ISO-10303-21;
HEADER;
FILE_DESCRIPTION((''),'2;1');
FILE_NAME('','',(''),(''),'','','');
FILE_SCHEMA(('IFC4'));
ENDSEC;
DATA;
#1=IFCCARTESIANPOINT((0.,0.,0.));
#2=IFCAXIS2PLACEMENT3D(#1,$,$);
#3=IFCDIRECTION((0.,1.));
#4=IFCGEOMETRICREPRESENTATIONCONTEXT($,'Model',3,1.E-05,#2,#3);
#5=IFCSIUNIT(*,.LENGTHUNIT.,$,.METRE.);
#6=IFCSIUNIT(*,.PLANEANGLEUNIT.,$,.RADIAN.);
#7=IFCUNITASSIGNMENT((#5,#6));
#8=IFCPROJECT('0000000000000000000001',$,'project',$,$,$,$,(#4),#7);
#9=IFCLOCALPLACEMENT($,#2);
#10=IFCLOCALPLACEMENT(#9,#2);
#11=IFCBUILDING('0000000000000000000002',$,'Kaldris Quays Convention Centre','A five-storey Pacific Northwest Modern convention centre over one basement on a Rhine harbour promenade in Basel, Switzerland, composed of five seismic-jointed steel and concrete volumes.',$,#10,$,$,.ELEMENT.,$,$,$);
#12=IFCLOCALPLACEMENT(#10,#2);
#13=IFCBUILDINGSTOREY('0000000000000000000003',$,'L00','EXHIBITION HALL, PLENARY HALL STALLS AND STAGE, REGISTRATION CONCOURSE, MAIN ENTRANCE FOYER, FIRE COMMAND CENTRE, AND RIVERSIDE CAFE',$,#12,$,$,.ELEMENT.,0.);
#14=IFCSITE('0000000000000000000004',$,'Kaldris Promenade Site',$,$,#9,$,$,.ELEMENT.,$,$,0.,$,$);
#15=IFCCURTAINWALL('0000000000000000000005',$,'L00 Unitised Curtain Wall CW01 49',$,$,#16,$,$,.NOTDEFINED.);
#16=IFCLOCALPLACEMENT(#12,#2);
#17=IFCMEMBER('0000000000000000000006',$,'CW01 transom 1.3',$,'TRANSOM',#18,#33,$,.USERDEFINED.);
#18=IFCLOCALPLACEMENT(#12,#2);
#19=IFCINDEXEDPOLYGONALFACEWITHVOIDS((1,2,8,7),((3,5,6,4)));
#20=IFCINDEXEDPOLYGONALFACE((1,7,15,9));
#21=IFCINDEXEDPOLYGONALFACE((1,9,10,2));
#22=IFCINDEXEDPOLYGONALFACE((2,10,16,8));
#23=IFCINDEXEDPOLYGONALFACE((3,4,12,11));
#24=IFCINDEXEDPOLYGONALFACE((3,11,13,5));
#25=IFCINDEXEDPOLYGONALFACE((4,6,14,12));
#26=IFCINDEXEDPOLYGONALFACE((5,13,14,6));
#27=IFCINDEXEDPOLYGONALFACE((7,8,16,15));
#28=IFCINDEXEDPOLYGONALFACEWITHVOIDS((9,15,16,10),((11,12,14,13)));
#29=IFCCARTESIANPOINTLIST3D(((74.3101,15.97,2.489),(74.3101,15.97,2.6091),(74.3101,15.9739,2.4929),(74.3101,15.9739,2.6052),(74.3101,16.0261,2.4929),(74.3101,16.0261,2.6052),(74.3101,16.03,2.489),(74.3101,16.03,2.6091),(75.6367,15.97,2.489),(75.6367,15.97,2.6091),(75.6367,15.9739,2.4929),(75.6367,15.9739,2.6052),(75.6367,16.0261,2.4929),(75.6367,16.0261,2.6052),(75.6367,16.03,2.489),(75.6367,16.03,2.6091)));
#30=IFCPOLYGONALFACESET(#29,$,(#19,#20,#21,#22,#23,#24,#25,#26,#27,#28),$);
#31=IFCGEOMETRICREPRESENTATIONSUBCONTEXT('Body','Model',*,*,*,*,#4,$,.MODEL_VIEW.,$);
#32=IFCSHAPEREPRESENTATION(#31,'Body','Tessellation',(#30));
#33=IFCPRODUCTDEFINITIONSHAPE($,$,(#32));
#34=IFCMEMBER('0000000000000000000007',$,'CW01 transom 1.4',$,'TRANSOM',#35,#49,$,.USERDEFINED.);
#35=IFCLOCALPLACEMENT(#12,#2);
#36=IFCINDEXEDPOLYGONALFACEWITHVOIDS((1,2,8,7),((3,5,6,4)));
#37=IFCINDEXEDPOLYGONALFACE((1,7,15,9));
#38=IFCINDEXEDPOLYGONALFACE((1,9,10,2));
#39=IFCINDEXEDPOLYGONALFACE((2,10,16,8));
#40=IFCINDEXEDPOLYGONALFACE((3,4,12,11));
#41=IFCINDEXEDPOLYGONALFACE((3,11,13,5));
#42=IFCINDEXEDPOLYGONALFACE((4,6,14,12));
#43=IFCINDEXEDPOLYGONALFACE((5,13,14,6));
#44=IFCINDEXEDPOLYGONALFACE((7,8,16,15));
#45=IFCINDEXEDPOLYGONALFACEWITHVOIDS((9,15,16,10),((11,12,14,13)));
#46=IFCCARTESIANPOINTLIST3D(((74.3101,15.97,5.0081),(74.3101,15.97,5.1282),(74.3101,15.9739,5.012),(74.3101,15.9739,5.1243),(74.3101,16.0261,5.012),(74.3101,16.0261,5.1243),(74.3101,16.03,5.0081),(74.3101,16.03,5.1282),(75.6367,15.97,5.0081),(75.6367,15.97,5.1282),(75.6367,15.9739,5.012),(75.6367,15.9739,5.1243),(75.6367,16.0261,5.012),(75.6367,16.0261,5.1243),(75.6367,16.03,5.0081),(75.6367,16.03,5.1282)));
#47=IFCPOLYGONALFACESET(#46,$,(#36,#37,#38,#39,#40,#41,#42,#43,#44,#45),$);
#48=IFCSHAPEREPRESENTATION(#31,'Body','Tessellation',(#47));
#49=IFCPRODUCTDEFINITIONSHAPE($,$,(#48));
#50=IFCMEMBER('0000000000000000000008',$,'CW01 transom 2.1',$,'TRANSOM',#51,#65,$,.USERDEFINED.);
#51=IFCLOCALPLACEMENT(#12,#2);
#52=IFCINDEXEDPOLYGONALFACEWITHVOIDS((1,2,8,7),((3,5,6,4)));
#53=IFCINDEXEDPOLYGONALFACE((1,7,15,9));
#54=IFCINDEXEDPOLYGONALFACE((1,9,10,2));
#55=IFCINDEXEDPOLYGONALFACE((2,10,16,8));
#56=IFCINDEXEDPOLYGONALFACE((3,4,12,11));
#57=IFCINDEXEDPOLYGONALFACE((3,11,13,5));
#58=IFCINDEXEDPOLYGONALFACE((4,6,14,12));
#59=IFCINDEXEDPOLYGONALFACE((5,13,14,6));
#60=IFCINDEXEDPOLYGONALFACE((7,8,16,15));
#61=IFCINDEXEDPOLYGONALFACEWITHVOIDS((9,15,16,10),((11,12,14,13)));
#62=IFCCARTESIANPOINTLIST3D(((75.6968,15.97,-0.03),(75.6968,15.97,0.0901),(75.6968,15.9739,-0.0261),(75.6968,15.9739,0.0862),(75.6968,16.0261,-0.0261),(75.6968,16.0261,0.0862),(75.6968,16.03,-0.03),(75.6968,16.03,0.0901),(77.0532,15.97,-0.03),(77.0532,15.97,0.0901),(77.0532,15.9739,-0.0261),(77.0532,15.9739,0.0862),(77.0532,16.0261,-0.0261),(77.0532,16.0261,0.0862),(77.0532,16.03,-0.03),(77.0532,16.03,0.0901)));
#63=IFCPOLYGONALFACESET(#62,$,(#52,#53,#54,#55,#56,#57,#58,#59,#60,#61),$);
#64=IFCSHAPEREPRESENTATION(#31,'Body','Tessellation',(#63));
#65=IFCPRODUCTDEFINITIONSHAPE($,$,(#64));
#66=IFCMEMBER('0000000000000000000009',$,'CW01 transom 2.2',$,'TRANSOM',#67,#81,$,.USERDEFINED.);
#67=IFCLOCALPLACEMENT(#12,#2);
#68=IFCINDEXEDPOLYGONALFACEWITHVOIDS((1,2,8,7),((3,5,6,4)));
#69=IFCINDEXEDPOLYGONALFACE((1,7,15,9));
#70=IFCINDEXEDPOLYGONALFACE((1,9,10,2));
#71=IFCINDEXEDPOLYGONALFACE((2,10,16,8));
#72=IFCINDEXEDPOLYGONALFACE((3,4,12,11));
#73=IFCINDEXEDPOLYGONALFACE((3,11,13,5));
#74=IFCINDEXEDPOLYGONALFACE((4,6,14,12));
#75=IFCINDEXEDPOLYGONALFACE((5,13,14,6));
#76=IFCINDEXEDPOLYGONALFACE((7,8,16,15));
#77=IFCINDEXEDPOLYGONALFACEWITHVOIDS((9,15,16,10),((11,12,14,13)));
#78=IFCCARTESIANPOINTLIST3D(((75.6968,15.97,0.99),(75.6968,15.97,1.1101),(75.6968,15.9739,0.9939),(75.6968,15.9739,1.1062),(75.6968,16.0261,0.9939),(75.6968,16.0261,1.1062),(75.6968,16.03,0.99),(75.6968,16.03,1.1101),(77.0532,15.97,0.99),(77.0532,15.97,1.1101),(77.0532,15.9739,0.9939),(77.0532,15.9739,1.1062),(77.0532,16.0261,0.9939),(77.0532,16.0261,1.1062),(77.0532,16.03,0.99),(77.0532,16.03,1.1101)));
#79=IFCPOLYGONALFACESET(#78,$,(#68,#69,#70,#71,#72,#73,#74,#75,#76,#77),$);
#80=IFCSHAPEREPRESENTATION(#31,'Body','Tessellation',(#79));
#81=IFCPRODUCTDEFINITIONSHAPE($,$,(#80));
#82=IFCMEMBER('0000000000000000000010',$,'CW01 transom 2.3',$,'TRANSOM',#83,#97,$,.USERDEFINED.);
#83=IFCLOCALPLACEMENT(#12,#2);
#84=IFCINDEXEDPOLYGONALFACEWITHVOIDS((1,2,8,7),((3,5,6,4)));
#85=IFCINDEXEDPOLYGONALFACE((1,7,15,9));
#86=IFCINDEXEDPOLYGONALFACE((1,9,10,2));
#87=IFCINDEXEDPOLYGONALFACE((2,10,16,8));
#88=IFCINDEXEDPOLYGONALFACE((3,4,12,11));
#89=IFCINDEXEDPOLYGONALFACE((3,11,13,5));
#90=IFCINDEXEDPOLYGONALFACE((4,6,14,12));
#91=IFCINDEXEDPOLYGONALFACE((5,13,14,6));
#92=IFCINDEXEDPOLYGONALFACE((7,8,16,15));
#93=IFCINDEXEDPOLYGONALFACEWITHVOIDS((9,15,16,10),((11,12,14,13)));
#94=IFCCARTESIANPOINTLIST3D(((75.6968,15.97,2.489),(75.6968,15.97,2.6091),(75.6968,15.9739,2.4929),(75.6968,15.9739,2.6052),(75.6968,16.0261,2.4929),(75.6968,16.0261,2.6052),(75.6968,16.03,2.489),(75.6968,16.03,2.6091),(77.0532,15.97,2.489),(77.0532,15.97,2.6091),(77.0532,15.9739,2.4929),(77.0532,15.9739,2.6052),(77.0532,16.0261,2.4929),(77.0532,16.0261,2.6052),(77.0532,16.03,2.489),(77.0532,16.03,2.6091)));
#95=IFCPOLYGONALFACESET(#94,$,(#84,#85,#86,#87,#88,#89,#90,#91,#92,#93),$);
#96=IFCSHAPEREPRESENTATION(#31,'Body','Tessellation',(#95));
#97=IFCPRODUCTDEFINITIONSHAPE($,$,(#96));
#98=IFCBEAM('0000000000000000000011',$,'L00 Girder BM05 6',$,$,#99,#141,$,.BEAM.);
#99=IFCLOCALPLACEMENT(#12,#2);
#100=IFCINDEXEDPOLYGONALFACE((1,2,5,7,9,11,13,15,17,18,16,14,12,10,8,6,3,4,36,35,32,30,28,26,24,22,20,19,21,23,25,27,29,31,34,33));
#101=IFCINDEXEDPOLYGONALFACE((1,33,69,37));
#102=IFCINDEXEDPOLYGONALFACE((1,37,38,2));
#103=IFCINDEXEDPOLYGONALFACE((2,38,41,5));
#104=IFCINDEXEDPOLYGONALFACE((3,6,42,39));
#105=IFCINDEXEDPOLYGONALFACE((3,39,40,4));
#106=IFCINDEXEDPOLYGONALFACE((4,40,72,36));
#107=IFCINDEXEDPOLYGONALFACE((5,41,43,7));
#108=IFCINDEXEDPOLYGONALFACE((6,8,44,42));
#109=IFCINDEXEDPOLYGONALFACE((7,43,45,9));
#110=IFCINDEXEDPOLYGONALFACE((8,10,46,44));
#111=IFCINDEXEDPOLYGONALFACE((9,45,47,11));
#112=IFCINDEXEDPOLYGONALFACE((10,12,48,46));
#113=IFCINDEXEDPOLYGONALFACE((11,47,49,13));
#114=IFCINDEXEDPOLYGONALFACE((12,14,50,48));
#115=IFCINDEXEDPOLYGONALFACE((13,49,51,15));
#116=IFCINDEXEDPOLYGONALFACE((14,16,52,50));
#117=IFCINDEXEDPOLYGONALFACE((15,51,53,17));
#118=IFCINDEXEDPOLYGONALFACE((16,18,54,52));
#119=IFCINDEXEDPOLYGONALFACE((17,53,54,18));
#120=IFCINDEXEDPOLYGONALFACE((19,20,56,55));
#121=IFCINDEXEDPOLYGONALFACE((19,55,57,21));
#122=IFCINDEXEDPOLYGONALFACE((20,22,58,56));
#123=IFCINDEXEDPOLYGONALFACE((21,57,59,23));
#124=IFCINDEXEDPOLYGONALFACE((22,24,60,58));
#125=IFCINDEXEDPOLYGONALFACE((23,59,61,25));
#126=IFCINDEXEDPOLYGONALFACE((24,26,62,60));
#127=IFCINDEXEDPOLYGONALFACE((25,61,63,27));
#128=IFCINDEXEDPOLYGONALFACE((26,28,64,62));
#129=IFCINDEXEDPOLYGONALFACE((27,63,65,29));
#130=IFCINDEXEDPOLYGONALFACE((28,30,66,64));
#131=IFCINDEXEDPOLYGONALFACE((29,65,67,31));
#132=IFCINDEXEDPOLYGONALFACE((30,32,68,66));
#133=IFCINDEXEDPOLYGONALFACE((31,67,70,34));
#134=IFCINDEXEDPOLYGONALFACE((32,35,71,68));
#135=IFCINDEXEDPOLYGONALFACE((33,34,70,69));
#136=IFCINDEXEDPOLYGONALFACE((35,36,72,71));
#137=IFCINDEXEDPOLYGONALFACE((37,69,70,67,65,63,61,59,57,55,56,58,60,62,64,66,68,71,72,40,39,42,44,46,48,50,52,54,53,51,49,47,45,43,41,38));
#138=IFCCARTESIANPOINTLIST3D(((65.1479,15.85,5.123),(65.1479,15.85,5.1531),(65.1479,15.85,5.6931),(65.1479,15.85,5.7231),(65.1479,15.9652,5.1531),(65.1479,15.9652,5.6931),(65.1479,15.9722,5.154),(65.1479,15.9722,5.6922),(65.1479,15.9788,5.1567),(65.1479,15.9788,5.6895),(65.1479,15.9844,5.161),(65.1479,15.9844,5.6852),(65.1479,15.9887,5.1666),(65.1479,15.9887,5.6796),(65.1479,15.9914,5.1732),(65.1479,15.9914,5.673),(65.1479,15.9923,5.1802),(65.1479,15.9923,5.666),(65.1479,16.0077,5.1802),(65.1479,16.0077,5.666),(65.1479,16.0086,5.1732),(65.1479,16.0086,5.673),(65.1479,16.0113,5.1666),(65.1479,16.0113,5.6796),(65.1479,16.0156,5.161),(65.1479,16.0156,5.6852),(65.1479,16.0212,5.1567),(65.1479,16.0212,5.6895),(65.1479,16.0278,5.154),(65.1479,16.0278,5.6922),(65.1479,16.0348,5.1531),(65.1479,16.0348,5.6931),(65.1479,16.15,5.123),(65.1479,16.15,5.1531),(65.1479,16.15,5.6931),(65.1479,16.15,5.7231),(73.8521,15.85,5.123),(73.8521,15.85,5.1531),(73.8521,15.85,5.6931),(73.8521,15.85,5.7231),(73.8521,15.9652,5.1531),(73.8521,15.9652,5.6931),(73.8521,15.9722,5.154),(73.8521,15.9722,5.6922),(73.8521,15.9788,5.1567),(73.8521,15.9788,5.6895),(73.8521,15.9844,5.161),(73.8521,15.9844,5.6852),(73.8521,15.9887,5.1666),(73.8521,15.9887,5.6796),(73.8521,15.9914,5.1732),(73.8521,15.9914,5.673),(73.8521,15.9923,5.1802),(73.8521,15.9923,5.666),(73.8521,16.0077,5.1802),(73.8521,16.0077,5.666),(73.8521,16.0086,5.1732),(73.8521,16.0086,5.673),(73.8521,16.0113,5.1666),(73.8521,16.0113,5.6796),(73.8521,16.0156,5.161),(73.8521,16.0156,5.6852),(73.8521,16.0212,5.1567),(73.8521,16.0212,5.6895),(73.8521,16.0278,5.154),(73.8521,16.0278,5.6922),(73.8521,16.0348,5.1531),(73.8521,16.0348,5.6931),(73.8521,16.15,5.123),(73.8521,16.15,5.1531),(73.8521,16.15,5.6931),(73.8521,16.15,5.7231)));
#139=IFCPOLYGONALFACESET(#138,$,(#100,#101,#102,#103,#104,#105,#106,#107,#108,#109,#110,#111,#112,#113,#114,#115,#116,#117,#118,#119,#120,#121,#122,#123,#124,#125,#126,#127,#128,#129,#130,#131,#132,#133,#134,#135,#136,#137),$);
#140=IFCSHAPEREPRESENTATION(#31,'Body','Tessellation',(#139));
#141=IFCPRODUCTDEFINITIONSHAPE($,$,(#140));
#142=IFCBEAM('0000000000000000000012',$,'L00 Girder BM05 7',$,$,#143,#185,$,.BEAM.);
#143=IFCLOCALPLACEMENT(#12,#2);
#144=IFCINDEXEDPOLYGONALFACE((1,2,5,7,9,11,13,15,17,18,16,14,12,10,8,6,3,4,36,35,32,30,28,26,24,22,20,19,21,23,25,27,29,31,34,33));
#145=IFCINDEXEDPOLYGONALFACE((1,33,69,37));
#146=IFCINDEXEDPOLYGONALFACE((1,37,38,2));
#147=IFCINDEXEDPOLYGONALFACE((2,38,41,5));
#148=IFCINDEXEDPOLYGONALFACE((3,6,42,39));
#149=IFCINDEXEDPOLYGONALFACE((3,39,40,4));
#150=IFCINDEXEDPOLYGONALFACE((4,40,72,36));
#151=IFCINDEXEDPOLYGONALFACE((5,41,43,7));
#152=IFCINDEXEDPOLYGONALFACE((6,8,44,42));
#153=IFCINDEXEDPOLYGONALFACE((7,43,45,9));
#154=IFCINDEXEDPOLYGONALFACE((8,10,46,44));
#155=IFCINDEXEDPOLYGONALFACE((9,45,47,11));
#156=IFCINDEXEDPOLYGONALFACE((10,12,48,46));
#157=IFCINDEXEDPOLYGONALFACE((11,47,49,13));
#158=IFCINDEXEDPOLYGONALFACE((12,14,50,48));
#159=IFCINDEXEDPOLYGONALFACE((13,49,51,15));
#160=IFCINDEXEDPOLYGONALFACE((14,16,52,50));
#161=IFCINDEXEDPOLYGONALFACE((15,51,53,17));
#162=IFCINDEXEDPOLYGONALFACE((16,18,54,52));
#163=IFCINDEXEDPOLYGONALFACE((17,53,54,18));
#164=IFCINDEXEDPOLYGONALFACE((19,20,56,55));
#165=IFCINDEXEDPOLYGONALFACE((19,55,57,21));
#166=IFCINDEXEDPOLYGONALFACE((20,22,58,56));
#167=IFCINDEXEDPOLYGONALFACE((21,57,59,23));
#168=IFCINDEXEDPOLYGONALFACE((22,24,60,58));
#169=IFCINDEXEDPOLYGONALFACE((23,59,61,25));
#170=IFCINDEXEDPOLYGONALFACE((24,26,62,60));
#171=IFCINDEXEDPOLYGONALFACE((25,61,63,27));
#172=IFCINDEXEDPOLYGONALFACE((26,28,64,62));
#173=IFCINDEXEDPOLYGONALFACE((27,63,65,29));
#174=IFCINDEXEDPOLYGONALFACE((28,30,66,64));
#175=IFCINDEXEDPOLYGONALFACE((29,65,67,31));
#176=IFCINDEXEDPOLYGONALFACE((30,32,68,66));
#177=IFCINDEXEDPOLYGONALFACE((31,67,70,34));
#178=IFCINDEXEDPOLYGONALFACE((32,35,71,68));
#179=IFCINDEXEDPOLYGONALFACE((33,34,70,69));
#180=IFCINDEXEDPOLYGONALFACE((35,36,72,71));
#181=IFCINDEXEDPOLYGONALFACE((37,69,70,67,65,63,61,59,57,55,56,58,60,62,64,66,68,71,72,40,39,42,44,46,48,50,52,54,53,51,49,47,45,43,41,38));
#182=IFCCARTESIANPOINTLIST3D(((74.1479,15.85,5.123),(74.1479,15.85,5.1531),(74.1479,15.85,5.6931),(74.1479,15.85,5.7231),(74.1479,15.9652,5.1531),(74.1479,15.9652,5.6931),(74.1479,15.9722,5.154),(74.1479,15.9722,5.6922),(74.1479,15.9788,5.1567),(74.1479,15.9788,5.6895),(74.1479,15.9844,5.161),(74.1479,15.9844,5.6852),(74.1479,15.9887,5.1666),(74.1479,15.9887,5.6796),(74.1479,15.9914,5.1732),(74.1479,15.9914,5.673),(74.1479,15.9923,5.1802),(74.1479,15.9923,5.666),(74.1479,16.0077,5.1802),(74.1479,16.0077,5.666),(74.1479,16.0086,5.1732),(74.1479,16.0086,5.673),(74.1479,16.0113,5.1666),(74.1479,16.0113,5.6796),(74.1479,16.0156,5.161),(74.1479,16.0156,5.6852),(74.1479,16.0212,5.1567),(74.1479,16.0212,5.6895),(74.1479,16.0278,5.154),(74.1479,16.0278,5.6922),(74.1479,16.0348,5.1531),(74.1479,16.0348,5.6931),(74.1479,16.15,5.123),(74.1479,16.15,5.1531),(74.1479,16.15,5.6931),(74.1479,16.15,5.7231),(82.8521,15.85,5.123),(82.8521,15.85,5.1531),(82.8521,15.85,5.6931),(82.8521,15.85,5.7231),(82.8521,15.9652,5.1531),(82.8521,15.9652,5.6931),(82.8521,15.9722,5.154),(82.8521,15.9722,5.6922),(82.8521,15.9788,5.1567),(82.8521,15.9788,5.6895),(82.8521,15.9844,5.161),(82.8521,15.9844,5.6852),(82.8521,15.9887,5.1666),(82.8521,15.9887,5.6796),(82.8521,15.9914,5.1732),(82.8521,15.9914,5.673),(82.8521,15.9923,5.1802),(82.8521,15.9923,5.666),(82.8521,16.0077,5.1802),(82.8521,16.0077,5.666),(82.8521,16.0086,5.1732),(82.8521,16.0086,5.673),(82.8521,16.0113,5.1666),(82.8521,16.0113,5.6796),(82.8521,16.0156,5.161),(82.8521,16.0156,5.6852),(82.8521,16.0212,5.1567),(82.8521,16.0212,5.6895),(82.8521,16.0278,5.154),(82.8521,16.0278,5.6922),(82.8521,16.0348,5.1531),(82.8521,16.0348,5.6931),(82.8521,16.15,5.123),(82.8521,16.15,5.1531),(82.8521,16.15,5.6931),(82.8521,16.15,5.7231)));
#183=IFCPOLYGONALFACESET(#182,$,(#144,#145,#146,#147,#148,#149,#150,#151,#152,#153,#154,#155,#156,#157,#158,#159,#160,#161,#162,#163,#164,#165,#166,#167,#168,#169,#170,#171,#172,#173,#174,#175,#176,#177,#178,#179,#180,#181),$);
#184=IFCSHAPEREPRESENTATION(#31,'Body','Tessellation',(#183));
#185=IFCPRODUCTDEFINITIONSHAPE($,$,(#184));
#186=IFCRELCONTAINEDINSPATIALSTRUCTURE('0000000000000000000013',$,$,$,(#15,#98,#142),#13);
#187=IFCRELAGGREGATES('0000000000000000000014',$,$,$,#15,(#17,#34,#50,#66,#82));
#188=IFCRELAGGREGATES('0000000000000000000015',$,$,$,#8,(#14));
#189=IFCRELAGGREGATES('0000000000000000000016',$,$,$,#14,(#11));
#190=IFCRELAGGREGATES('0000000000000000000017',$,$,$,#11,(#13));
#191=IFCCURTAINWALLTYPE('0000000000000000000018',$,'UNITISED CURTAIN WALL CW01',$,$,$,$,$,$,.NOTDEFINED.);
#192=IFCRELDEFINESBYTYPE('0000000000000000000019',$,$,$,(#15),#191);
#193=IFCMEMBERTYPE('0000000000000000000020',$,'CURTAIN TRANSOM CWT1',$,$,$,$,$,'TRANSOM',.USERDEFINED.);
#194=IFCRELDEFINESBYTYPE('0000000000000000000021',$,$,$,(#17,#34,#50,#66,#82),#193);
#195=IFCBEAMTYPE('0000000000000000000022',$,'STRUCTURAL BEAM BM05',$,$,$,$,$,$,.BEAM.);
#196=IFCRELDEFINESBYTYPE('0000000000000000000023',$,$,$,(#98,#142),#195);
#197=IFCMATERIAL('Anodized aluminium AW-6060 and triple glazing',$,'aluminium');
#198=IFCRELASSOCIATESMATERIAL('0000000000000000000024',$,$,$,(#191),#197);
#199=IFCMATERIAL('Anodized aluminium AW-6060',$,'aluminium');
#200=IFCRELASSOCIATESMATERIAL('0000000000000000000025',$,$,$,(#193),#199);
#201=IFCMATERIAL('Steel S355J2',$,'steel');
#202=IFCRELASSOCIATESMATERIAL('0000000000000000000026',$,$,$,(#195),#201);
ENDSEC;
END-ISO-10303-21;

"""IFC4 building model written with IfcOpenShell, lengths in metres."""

from ifc_helpers import new_model, si_unit, direction, frame, origin, origin_2d, place, context, subcontext, project, spatial, hollow_rectangle, i_section, extrude, material, material_profile, profile_set, type_object, element, aggregate, save


model = new_model("IFC4")

# Units and contexts
model_context = context("Model", 3, precision=1e-05, world=origin(), true_north=direction((0.0, 1.0)))
body_context = subcontext(model_context, "Body", "Model", "MODEL_VIEW")
ifc_project = project(units=[si_unit("LENGTHUNIT", "METRE"), si_unit("PLANEANGLEUNIT", "RADIAN")], contexts=[model_context])

# Site, building, storey
site_placement = place(None, origin())
site = spatial("IfcSite", under=ifc_project, at=site_placement, Name="Kaldris Promenade Site", CompositionType="ELEMENT", RefElevation=0.0)
building_placement = place(site_placement, origin())
building = spatial("IfcBuilding", under=site, at=building_placement, Name="Kaldris Quays Convention Centre", Description="A five-storey Pacific Northwest Modern convention centre over one basement on a Rhine harbour promenade in Basel, Switzerland, composed of five seismic-jointed steel and concrete volumes.", CompositionType="ELEMENT")
storey_placement = place(building_placement, origin())
storey = spatial("IfcBuildingStorey", under=building, at=storey_placement, Name="L00", Description="EXHIBITION HALL, PLENARY HALL STALLS AND STAGE, REGISTRATION CONCOURSE, MAIN ENTRANCE FOYER, FIRE COMMAND CENTRE, AND RIVERSIDE CAFE", CompositionType="ELEMENT", Elevation=0.0)

# Shared definitions
ifc_material_1 = material(Name="Anodized aluminium AW-6060 and triple glazing", Category="aluminium")
curtain_wall_type = type_object("IfcCurtainWallType", Name="UNITISED CURTAIN WALL CW01", PredefinedType="NOTDEFINED", material=ifc_material_1)
ifc_material_2 = material(Name="Anodized aluminium AW-6060", Category="aluminium")

# Curtain wall, members
curtain_wall_1_placement = place(storey_placement, origin())
curtain_wall_1 = element("IfcCurtainWall", 1, at=curtain_wall_1_placement, inside=storey, type_object=curtain_wall_type, Name="L00 Unitised Curtain Wall CW01 49", PredefinedType="NOTDEFINED")
ifc_material_profile_1 = material_profile(ifc_material_2, hollow_rectangle(XDim=0.0601, YDim=0.1201, WallThickness=0.0039, at=origin_2d()), Name="RHS 120x60x4")
ifc_profile_set_1 = profile_set([ifc_material_profile_1], Name="Anodized aluminium AW-6060")
member_type_1 = type_object("IfcMemberType", Name="CURTAIN TRANSOM CWT1", ElementType="TRANSOM", PredefinedType="USERDEFINED", material=ifc_profile_set_1)
member_1_placement = place(storey_placement, frame((74.3101, 16.0, 2.5491), z_axis=(1.0, 0.0, 0.0), x_axis=(0.0, 1.0, 0.0)))
member_1 = element("IfcMember", 2, at=member_1_placement, type_object=member_type_1, Name="CW01 transom 1.3", ObjectType="TRANSOM", PredefinedType="USERDEFINED", context=body_context, shape_type="SweptSolid", body=[
    extrude(hollow_rectangle(XDim=0.0601, YDim=0.1201, WallThickness=0.0039, at=origin_2d()), origin(), (0.0, 0.0, 1.0), 1.3267),
])
member_2_placement = place(storey_placement, frame((74.3101, 16.0, 5.0681), z_axis=(1.0, 0.0, 0.0), x_axis=(0.0, 1.0, 0.0)))
member_2 = element("IfcMember", 3, at=member_2_placement, type_object=member_type_1, Name="CW01 transom 1.4", ObjectType="TRANSOM", PredefinedType="USERDEFINED", context=body_context, shape_type="SweptSolid", body=[
    extrude(hollow_rectangle(XDim=0.0601, YDim=0.1201, WallThickness=0.0039, at=origin_2d()), origin(), (0.0, 0.0, 1.0), 1.3267),
])
member_3_placement = place(storey_placement, frame((75.6968, 16.0, 0.03), z_axis=(1.0, 0.0, 0.0), x_axis=(0.0, 1.0, 0.0)))
member_3 = element("IfcMember", 4, at=member_3_placement, type_object=member_type_1, Name="CW01 transom 2.1", ObjectType="TRANSOM", PredefinedType="USERDEFINED", context=body_context, shape_type="SweptSolid", body=[
    extrude(hollow_rectangle(XDim=0.0601, YDim=0.1201, WallThickness=0.0039, at=origin_2d()), origin(), (0.0, 0.0, 1.0), 1.3564),
])
member_4_placement = place(storey_placement, frame((75.6968, 16.0, 1.05), z_axis=(1.0, 0.0, 0.0), x_axis=(0.0, 1.0, 0.0)))
member_4 = element("IfcMember", 5, at=member_4_placement, type_object=member_type_1, Name="CW01 transom 2.2", ObjectType="TRANSOM", PredefinedType="USERDEFINED", context=body_context, shape_type="SweptSolid", body=[
    extrude(hollow_rectangle(XDim=0.0601, YDim=0.1201, WallThickness=0.0039, at=origin_2d()), origin(), (0.0, 0.0, 1.0), 1.3564),
])
member_5_placement = place(storey_placement, frame((75.6968, 16.0, 2.5491), z_axis=(1.0, 0.0, 0.0), x_axis=(0.0, 1.0, 0.0)))
member_5 = element("IfcMember", 6, at=member_5_placement, type_object=member_type_1, Name="CW01 transom 2.3", ObjectType="TRANSOM", PredefinedType="USERDEFINED", context=body_context, shape_type="SweptSolid", body=[
    extrude(hollow_rectangle(XDim=0.0601, YDim=0.1201, WallThickness=0.0039, at=origin_2d()), origin(), (0.0, 0.0, 1.0), 1.3564),
])

# Beams
ifc_material_3 = material(Name="Steel S355J2", Category="steel")
ifc_material_profile_2 = material_profile(ifc_material_3, i_section(OverallWidth=0.3, OverallDepth=0.6001, WebThickness=0.0154, FlangeThickness=0.03, FilletRadius=0.0271, at=origin_2d()), Name="HEB 600")
ifc_profile_set_2 = profile_set([ifc_material_profile_2], Name="Steel S355J2")
beam_type_1 = type_object("IfcBeamType", Name="STRUCTURAL BEAM BM05", PredefinedType="BEAM", material=ifc_profile_set_2)
for number, where, z_axis, x_axis, name in (
    (7, (65.1479, 16.0, 5.4231), (1.0, 0.0, 0.0), (0.0, 1.0, 0.0), "L00 Girder BM05 6"),
    (8, (74.1479, 16.0, 5.4231), (1.0, 0.0, 0.0), (0.0, 1.0, 0.0), "L00 Girder BM05 7"),
):
    element("IfcBeam", number, at=place(storey_placement, frame(where, z_axis=z_axis, x_axis=x_axis)), inside=storey, type_object=beam_type_1, Name=name, PredefinedType="BEAM", context=body_context, shape_type="SweptSolid", body=[
        extrude(i_section(OverallWidth=0.3, OverallDepth=0.6001, WebThickness=0.0154, FlangeThickness=0.03, FilletRadius=0.0271, at=origin_2d()), origin(), (0.0, 0.0, 1.0), 8.7041),
    ])

aggregate(curtain_wall_1, [member_1, member_2, member_3, member_4, member_5])

save(model, "model.ifc")
